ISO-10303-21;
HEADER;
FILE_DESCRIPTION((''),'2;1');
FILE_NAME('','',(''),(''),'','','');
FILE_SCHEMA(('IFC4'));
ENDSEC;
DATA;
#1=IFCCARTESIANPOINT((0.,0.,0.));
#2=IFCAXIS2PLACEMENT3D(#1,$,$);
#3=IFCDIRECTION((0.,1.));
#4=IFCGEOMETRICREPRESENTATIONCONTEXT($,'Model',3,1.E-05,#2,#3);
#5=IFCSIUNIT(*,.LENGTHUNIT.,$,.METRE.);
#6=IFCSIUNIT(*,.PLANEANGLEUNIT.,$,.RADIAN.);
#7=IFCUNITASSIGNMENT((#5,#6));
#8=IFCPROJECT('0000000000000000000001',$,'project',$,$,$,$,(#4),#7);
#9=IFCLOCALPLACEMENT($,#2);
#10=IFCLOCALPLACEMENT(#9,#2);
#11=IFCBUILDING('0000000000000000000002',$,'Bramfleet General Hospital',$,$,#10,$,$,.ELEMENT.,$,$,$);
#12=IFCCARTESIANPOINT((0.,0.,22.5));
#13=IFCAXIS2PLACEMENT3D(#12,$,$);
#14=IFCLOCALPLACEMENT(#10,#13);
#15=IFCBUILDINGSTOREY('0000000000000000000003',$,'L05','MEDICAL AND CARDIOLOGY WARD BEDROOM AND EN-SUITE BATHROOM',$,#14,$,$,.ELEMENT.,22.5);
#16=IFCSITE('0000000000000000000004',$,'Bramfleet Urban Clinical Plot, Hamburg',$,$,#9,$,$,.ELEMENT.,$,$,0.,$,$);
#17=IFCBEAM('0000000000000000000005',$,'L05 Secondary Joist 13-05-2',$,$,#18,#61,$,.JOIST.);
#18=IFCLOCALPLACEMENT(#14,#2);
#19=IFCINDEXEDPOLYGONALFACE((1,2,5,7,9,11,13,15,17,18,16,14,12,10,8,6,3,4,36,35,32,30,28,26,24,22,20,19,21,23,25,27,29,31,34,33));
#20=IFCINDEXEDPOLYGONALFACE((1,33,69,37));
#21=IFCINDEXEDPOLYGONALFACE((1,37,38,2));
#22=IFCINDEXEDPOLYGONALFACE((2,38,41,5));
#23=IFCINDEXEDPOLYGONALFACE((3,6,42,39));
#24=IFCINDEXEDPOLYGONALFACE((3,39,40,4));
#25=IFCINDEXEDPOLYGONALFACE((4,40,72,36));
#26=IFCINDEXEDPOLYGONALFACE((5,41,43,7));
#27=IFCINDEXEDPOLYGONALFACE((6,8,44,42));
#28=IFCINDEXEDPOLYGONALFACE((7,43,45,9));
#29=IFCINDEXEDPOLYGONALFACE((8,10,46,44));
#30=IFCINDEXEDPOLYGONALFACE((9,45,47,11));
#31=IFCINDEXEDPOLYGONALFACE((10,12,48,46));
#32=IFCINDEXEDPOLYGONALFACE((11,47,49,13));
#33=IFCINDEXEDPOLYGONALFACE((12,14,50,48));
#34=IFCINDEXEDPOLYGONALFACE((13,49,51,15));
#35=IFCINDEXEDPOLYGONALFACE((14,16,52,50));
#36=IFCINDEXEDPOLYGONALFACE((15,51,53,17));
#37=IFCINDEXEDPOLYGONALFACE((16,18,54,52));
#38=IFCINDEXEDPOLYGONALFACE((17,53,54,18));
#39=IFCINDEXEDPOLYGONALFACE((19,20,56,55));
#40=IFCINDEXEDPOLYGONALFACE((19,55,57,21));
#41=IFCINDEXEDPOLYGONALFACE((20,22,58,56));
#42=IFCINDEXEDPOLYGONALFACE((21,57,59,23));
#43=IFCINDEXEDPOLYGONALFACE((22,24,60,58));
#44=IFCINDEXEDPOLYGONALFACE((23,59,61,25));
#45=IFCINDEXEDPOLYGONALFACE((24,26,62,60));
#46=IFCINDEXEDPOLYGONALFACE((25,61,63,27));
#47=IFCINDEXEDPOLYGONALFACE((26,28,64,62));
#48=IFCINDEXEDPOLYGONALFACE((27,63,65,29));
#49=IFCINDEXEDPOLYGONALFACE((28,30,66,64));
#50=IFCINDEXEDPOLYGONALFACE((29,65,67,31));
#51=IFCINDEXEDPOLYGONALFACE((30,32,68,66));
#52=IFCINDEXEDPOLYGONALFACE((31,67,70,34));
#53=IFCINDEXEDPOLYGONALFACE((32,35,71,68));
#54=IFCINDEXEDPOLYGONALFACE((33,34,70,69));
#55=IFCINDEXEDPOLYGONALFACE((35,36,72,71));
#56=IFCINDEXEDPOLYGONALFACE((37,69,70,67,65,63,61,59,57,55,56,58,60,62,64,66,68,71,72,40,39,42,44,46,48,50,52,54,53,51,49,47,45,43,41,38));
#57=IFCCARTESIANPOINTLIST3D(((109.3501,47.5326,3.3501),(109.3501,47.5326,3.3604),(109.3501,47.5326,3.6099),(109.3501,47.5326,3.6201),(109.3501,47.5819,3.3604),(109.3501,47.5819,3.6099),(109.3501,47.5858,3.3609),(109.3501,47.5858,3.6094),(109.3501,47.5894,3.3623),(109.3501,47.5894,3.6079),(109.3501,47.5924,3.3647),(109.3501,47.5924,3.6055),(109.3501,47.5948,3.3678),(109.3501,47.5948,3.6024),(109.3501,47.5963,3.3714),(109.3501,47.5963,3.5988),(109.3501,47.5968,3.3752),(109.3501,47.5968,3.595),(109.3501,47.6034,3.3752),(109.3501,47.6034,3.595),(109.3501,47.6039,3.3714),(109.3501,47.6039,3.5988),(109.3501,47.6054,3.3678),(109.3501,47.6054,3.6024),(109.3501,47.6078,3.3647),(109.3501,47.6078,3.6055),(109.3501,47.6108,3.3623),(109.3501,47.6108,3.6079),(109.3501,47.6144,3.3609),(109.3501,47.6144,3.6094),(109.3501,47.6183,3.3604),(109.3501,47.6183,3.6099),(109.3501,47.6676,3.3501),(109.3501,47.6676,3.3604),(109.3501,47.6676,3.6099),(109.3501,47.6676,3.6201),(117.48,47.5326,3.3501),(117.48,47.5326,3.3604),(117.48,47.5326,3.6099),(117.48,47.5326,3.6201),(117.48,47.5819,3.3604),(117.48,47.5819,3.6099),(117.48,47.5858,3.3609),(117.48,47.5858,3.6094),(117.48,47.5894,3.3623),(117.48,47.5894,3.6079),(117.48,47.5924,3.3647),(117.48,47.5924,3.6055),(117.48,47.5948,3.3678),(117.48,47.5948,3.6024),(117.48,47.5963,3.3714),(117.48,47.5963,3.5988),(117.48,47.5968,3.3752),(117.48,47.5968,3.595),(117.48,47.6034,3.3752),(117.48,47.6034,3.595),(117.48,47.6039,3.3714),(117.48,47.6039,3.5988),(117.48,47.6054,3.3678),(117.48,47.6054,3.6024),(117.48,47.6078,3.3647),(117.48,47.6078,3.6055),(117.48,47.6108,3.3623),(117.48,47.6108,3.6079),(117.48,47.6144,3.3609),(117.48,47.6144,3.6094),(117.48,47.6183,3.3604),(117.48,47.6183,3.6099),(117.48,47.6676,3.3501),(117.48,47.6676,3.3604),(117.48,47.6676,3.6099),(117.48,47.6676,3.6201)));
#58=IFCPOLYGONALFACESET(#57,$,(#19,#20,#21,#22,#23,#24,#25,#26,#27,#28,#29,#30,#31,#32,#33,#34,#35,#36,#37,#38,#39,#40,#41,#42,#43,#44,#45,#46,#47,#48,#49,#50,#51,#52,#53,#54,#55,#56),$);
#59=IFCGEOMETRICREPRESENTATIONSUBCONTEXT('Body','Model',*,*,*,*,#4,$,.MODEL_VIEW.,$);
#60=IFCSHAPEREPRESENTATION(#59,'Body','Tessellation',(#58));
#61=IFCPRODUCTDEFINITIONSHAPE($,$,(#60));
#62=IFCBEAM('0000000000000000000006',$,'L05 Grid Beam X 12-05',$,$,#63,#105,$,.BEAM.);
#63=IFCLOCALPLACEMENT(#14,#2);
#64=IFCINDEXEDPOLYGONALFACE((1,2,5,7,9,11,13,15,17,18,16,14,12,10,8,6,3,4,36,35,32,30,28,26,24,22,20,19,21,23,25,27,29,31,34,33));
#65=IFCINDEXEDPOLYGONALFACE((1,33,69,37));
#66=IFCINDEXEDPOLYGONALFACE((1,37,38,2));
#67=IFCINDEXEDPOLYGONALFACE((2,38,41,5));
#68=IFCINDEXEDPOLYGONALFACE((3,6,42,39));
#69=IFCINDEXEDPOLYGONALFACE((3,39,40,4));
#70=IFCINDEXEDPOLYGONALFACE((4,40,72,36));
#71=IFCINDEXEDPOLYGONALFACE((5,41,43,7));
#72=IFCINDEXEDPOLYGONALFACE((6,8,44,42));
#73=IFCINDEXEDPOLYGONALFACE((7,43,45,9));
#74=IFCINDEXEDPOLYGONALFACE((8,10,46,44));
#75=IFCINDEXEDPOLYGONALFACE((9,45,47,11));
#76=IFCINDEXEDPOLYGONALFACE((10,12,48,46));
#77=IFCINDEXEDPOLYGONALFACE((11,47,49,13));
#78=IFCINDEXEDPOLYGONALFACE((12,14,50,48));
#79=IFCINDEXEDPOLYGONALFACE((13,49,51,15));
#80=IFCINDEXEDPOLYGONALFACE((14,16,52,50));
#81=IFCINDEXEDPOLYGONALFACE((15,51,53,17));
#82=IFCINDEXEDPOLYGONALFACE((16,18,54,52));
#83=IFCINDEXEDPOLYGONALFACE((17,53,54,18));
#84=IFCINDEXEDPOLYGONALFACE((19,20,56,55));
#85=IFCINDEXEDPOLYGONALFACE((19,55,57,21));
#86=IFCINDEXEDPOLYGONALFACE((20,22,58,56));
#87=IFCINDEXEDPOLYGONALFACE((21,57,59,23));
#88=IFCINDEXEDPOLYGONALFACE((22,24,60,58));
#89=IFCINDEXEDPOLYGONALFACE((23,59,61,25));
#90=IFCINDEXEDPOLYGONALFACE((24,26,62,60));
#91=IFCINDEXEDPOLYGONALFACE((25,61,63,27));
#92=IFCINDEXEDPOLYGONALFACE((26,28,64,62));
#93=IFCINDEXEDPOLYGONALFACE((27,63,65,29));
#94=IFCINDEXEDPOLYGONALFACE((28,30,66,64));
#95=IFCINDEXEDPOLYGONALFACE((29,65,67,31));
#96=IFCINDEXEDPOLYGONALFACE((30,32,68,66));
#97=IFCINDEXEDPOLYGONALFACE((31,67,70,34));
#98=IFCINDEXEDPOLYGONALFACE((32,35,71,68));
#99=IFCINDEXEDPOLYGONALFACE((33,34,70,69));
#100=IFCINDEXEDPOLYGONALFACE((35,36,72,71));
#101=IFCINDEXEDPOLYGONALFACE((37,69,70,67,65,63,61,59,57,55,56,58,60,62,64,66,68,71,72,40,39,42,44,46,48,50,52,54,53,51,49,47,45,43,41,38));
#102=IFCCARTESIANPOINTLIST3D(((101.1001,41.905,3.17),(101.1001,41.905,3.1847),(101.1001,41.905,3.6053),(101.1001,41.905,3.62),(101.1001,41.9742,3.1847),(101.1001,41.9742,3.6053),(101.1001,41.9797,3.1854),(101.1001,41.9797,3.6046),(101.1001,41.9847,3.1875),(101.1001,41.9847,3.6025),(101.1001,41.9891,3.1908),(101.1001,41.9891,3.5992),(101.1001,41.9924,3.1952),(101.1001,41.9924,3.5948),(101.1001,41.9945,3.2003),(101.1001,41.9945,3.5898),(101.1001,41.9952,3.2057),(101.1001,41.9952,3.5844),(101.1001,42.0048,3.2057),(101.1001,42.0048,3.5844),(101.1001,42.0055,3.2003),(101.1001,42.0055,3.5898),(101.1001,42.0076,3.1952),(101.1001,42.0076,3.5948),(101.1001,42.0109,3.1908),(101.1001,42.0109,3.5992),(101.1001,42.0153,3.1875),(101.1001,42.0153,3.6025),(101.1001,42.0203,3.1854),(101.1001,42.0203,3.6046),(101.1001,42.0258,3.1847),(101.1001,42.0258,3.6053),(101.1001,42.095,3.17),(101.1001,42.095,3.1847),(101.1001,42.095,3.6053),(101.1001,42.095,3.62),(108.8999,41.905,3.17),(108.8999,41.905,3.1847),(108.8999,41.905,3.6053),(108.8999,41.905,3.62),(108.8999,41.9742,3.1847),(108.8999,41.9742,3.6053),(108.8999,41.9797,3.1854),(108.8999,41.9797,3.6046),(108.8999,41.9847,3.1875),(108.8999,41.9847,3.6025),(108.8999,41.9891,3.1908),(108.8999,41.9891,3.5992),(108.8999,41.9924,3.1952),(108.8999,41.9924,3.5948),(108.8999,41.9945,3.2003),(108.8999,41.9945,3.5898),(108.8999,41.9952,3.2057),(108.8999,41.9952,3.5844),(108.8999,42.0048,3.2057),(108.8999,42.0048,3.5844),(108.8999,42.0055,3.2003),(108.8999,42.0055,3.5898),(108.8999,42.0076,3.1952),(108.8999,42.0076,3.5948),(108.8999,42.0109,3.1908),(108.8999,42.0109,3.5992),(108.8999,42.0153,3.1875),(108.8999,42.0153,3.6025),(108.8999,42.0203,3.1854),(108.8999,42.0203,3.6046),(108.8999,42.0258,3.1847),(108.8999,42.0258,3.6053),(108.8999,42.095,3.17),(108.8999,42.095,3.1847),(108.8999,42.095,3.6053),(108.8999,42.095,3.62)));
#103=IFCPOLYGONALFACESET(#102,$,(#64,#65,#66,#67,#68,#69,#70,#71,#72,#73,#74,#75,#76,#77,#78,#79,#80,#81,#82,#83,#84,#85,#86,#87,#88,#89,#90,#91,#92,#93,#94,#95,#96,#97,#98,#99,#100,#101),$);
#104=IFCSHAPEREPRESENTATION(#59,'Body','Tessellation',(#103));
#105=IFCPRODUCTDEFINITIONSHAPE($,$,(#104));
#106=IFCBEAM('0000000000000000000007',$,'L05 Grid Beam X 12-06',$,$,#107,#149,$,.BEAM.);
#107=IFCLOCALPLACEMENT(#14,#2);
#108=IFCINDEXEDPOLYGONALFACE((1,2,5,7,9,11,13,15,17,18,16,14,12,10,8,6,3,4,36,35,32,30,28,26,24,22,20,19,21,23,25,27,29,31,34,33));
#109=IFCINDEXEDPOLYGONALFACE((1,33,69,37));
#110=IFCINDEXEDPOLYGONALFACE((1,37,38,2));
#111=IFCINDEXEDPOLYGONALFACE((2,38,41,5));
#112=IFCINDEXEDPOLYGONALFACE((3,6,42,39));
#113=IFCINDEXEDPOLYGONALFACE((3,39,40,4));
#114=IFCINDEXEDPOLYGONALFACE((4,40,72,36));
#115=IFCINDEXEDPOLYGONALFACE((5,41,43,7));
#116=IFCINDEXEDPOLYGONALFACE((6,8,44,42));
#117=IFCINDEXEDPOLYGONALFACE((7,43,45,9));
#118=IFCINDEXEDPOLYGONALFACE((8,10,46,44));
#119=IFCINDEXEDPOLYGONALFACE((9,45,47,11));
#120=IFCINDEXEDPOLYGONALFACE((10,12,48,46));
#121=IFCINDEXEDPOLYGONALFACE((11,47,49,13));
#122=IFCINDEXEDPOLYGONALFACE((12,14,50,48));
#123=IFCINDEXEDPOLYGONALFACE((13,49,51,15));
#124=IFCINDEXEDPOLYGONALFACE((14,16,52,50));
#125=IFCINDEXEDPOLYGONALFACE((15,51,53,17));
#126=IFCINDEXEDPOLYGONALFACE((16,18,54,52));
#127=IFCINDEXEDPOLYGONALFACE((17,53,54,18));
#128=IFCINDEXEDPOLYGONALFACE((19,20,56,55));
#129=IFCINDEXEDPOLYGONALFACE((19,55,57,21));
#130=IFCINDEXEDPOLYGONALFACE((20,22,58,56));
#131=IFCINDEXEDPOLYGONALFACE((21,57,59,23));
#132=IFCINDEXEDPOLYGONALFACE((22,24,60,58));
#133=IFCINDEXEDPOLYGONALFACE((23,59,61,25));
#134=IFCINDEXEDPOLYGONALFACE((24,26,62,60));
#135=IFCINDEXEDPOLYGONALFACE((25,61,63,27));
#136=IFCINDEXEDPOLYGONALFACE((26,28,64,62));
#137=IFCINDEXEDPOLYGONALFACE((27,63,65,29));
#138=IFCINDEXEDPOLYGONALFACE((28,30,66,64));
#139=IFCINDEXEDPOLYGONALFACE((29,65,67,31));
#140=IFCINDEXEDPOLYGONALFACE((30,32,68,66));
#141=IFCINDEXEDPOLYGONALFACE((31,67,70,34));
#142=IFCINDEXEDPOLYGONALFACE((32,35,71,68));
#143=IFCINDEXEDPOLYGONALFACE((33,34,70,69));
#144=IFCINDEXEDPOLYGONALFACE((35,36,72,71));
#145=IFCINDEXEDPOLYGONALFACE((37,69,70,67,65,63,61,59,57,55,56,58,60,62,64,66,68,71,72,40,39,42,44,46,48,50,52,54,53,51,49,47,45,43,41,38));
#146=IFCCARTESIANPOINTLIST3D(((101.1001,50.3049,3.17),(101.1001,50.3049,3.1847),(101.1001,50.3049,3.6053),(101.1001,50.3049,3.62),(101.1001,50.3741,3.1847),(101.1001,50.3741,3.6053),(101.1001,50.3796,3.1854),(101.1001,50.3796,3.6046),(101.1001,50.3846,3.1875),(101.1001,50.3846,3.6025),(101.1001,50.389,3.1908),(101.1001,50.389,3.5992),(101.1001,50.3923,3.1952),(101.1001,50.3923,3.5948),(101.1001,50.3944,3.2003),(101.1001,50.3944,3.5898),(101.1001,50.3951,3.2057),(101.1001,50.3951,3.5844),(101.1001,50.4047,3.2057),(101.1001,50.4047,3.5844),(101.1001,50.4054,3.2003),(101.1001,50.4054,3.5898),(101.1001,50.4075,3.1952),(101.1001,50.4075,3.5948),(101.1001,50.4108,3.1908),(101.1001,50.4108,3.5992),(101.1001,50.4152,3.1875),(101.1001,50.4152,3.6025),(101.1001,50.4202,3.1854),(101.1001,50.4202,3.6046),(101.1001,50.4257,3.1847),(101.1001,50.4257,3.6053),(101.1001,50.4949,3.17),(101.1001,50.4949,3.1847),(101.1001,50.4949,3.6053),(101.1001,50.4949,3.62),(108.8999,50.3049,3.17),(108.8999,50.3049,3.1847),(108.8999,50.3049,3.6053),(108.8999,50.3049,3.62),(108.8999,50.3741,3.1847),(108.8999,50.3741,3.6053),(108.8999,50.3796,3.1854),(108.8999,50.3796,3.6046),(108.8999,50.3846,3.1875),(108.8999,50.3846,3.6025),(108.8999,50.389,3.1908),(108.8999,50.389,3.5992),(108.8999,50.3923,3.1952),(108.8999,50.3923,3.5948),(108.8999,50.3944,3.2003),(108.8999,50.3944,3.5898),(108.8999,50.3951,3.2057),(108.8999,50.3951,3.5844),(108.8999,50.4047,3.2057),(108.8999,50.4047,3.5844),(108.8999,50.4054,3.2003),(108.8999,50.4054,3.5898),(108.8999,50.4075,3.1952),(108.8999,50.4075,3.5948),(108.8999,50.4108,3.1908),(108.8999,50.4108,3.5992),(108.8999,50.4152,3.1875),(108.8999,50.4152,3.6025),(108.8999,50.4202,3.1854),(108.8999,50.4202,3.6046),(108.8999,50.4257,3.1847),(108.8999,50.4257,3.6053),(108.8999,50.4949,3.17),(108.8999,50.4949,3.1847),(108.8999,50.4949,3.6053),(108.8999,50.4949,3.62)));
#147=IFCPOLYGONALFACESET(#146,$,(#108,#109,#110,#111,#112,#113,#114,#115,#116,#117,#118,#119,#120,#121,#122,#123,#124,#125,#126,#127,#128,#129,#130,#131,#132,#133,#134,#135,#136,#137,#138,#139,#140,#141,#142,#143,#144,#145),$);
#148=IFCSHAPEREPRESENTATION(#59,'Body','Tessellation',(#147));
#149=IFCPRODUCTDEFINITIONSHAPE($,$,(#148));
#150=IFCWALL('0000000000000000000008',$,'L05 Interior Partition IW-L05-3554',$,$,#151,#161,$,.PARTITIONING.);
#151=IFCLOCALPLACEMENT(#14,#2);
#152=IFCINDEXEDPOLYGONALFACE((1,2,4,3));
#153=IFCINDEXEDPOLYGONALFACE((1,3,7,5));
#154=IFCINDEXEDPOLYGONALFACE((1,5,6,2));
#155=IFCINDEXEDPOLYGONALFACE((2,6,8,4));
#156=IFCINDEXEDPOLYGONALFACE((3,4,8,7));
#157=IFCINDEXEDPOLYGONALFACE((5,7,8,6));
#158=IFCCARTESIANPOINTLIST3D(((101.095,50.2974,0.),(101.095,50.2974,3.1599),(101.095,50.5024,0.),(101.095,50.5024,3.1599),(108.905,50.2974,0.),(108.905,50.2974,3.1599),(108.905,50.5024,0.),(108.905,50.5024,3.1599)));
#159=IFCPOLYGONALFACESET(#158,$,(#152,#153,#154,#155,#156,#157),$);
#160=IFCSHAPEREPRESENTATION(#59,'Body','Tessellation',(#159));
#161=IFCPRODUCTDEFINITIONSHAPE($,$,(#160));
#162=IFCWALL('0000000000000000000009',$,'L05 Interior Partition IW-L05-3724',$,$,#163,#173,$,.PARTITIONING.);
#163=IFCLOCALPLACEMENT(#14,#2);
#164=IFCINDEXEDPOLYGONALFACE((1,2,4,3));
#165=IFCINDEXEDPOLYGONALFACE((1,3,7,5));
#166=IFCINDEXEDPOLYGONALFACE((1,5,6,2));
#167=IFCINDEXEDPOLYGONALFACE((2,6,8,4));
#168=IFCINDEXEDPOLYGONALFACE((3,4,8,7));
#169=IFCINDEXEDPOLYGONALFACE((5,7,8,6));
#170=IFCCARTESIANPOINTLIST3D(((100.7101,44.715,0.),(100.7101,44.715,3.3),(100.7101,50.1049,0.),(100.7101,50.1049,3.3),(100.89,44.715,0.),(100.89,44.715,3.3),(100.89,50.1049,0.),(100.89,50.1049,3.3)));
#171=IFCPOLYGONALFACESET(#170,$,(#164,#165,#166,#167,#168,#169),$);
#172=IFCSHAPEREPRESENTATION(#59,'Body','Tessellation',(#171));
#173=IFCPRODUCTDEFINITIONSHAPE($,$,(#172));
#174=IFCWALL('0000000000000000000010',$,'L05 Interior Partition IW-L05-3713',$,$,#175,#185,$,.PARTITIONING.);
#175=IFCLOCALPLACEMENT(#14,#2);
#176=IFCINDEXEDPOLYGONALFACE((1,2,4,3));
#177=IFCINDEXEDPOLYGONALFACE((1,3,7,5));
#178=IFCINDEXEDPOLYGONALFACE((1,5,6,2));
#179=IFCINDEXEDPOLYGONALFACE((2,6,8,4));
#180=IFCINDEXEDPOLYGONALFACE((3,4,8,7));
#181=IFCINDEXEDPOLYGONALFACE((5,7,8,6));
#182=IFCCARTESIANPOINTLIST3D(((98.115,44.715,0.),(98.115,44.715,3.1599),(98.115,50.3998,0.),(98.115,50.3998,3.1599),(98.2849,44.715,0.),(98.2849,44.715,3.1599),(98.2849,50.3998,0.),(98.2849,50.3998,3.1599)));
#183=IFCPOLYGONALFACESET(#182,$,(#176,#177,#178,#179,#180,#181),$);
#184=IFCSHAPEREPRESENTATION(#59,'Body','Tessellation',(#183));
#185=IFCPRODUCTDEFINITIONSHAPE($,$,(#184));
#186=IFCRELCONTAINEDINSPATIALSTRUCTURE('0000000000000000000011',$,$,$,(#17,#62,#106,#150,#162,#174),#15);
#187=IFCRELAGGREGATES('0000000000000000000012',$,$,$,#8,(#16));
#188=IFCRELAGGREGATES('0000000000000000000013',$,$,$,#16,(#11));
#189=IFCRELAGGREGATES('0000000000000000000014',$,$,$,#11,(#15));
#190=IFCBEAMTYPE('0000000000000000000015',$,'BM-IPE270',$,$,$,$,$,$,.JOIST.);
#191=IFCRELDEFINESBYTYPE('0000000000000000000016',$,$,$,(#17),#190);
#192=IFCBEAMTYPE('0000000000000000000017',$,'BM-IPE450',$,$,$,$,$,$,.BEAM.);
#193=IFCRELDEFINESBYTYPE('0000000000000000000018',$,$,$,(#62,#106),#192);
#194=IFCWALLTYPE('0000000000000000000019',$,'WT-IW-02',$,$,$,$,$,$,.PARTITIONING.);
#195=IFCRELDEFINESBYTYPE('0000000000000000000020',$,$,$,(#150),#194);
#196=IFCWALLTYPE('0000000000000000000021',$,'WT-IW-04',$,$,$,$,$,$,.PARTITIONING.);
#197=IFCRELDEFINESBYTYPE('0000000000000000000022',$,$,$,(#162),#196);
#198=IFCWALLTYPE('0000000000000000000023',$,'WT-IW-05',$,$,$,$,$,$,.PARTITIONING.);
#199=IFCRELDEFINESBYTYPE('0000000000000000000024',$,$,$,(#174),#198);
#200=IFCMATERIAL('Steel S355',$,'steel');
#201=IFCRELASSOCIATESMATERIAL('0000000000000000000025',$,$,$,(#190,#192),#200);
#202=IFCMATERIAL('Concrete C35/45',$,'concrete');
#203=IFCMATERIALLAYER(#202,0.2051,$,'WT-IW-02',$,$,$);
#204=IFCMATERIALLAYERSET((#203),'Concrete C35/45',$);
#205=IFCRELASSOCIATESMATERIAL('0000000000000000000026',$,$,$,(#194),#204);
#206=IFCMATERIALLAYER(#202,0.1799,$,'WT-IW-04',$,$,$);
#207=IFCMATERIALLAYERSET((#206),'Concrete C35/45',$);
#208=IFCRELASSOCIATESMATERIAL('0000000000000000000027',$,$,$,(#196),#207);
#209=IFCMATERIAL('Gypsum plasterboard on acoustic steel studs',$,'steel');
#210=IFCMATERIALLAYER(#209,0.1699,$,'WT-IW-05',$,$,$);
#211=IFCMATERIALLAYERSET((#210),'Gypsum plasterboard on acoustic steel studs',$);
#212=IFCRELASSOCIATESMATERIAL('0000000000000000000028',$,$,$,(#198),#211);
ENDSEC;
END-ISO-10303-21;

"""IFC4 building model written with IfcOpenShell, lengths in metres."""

from ifc_helpers import new_model, si_unit, direction, frame, frame_2d, origin, origin_2d, place, context, subcontext, project, spatial, rectangle, i_section, extrude, material, layer, layer_set, material_profile, profile_set, type_object, element, save


model = new_model("IFC4")

# Units and contexts
model_context = context("Model", 3, precision=1e-05, world=origin(), true_north=direction((0.0, 1.0)))
body_context = subcontext(model_context, "Body", "Model", "MODEL_VIEW")
ifc_project = project(units=[si_unit("LENGTHUNIT", "METRE"), si_unit("PLANEANGLEUNIT", "RADIAN")], contexts=[model_context])

# Site, building, storey
site_placement = place(None, origin())
site = spatial("IfcSite", under=ifc_project, at=site_placement, Name="Bramfleet Urban Clinical Plot, Hamburg", CompositionType="ELEMENT", RefElevation=0.0)
building_placement = place(site_placement, origin())
building = spatial("IfcBuilding", under=site, at=building_placement, Name="Bramfleet General Hospital", CompositionType="ELEMENT")
storey_placement = place(building_placement, frame((0.0, 0.0, 22.5)))
storey = spatial("IfcBuildingStorey", under=building, at=storey_placement, Name="L05", Description="MEDICAL AND CARDIOLOGY WARD BEDROOM AND EN-SUITE BATHROOM", CompositionType="ELEMENT", Elevation=22.5)

# Beams
ifc_material_1 = material(Name="Steel S355", Category="steel")
ifc_material_profile_1 = material_profile(ifc_material_1, i_section(OverallWidth=0.135, OverallDepth=0.27, WebThickness=0.0066, FlangeThickness=0.0103, FilletRadius=0.0149, at=origin_2d()), Name="IPE 270")
ifc_profile_set_1 = profile_set([ifc_material_profile_1], Name="Steel S355")
beam_type_1 = type_object("IfcBeamType", Name="BM-IPE270", PredefinedType="JOIST", material=ifc_profile_set_1)
for number, where, z_axis, x_axis, name in (
    (1, (109.3501, 47.6001, 3.4851), (1.0, 0.0, 0.0), (0.0, 1.0, 0.0), "L05 Secondary Joist 13-05-2"),
):
    element("IfcBeam", number, at=place(storey_placement, frame(where, z_axis=z_axis, x_axis=x_axis)), inside=storey, type_object=beam_type_1, Name=name, PredefinedType="JOIST", context=body_context, shape_type="SweptSolid", body=[
        extrude(i_section(OverallWidth=0.135, OverallDepth=0.27, WebThickness=0.0066, FlangeThickness=0.0103, FilletRadius=0.0149, at=origin_2d()), origin(), (0.0, 0.0, 1.0), 8.1299),
    ])
ifc_material_profile_2 = material_profile(ifc_material_1, i_section(OverallWidth=0.1899, OverallDepth=0.45, WebThickness=0.0095, FlangeThickness=0.0146, FilletRadius=0.021, at=origin_2d()), Name="IPE 450")
ifc_profile_set_2 = profile_set([ifc_material_profile_2], Name="Steel S355")
beam_type_2 = type_object("IfcBeamType", Name="BM-IPE450", PredefinedType="BEAM", material=ifc_profile_set_2)
for number, where, z_axis, x_axis, name in (
    (2, (101.1001, 42.0, 3.395), (1.0, 0.0, 0.0), (0.0, 1.0, 0.0), "L05 Grid Beam X 12-05"),
    (3, (101.1001, 50.3999, 3.395), (1.0, 0.0, 0.0), (0.0, 1.0, 0.0), "L05 Grid Beam X 12-06"),
):
    element("IfcBeam", number, at=place(storey_placement, frame(where, z_axis=z_axis, x_axis=x_axis)), inside=storey, type_object=beam_type_2, Name=name, PredefinedType="BEAM", context=body_context, shape_type="SweptSolid", body=[
        extrude(i_section(OverallWidth=0.1899, OverallDepth=0.45, WebThickness=0.0095, FlangeThickness=0.0146, FilletRadius=0.021, at=origin_2d()), origin(), (0.0, 0.0, 1.0), 7.7998),
    ])

# Walls
ifc_material_2 = material(Name="Concrete C35/45", Category="concrete")
ifc_layer_1 = layer(ifc_material_2, 0.2051, Name="WT-IW-02")
ifc_layer_set_1 = layer_set([ifc_layer_1], Name="Concrete C35/45")
wall_type_1 = type_object("IfcWallType", Name="WT-IW-02", PredefinedType="PARTITIONING", material=ifc_layer_set_1)
wall_1_placement = place(storey_placement, frame((101.095, 50.3999, 0.0), z_axis=(0.0, 0.0, 1.0), x_axis=(1.0, 0.0, 0.0)))
element("IfcWall", 4, at=wall_1_placement, inside=storey, type_object=wall_type_1, Name="L05 Interior Partition IW-L05-3554", PredefinedType="PARTITIONING", context=body_context, shape_type="SweptSolid", body=[
    extrude(rectangle(XDim=7.8101, YDim=0.2051, at=frame_2d((3.905, 0.0))), origin(), (0.0, 0.0, 1.0), 3.1599),
])
ifc_layer_2 = layer(ifc_material_2, 0.1799, Name="WT-IW-04")
ifc_layer_set_2 = layer_set([ifc_layer_2], Name="Concrete C35/45")
wall_type_2 = type_object("IfcWallType", Name="WT-IW-04", PredefinedType="PARTITIONING", material=ifc_layer_set_2)
wall_2_placement = place(storey_placement, frame((100.8, 44.7151, 0.0), z_axis=(0.0, 0.0, 1.0), x_axis=(0.0, 1.0, 0.0)))
element("IfcWall", 5, at=wall_2_placement, inside=storey, type_object=wall_type_2, Name="L05 Interior Partition IW-L05-3724", PredefinedType="PARTITIONING", context=body_context, shape_type="SweptSolid", body=[
    extrude(rectangle(XDim=5.3899, YDim=0.1799, at=frame_2d((2.6948, 0.0))), origin(), (0.0, 0.0, 1.0), 3.3),
])
ifc_material_3 = material(Name="Gypsum plasterboard on acoustic steel studs", Category="steel")
ifc_layer_3 = layer(ifc_material_3, 0.1699, Name="WT-IW-05")
ifc_layer_set_3 = layer_set([ifc_layer_3], Name="Gypsum plasterboard on acoustic steel studs")
wall_type_3 = type_object("IfcWallType", Name="WT-IW-05", PredefinedType="PARTITIONING", material=ifc_layer_set_3)
wall_3_placement = place(storey_placement, frame((98.2, 44.7151, 0.0), z_axis=(0.0, 0.0, 1.0), x_axis=(0.0, 1.0, 0.0)))
element("IfcWall", 6, at=wall_3_placement, inside=storey, type_object=wall_type_3, Name="L05 Interior Partition IW-L05-3713", PredefinedType="PARTITIONING", context=body_context, shape_type="SweptSolid", body=[
    extrude(rectangle(XDim=5.6848, YDim=0.1699, at=frame_2d((2.8423, 0.0))), origin(), (0.0, 0.0, 1.0), 3.1599),
])

save(model, "model.ifc")
